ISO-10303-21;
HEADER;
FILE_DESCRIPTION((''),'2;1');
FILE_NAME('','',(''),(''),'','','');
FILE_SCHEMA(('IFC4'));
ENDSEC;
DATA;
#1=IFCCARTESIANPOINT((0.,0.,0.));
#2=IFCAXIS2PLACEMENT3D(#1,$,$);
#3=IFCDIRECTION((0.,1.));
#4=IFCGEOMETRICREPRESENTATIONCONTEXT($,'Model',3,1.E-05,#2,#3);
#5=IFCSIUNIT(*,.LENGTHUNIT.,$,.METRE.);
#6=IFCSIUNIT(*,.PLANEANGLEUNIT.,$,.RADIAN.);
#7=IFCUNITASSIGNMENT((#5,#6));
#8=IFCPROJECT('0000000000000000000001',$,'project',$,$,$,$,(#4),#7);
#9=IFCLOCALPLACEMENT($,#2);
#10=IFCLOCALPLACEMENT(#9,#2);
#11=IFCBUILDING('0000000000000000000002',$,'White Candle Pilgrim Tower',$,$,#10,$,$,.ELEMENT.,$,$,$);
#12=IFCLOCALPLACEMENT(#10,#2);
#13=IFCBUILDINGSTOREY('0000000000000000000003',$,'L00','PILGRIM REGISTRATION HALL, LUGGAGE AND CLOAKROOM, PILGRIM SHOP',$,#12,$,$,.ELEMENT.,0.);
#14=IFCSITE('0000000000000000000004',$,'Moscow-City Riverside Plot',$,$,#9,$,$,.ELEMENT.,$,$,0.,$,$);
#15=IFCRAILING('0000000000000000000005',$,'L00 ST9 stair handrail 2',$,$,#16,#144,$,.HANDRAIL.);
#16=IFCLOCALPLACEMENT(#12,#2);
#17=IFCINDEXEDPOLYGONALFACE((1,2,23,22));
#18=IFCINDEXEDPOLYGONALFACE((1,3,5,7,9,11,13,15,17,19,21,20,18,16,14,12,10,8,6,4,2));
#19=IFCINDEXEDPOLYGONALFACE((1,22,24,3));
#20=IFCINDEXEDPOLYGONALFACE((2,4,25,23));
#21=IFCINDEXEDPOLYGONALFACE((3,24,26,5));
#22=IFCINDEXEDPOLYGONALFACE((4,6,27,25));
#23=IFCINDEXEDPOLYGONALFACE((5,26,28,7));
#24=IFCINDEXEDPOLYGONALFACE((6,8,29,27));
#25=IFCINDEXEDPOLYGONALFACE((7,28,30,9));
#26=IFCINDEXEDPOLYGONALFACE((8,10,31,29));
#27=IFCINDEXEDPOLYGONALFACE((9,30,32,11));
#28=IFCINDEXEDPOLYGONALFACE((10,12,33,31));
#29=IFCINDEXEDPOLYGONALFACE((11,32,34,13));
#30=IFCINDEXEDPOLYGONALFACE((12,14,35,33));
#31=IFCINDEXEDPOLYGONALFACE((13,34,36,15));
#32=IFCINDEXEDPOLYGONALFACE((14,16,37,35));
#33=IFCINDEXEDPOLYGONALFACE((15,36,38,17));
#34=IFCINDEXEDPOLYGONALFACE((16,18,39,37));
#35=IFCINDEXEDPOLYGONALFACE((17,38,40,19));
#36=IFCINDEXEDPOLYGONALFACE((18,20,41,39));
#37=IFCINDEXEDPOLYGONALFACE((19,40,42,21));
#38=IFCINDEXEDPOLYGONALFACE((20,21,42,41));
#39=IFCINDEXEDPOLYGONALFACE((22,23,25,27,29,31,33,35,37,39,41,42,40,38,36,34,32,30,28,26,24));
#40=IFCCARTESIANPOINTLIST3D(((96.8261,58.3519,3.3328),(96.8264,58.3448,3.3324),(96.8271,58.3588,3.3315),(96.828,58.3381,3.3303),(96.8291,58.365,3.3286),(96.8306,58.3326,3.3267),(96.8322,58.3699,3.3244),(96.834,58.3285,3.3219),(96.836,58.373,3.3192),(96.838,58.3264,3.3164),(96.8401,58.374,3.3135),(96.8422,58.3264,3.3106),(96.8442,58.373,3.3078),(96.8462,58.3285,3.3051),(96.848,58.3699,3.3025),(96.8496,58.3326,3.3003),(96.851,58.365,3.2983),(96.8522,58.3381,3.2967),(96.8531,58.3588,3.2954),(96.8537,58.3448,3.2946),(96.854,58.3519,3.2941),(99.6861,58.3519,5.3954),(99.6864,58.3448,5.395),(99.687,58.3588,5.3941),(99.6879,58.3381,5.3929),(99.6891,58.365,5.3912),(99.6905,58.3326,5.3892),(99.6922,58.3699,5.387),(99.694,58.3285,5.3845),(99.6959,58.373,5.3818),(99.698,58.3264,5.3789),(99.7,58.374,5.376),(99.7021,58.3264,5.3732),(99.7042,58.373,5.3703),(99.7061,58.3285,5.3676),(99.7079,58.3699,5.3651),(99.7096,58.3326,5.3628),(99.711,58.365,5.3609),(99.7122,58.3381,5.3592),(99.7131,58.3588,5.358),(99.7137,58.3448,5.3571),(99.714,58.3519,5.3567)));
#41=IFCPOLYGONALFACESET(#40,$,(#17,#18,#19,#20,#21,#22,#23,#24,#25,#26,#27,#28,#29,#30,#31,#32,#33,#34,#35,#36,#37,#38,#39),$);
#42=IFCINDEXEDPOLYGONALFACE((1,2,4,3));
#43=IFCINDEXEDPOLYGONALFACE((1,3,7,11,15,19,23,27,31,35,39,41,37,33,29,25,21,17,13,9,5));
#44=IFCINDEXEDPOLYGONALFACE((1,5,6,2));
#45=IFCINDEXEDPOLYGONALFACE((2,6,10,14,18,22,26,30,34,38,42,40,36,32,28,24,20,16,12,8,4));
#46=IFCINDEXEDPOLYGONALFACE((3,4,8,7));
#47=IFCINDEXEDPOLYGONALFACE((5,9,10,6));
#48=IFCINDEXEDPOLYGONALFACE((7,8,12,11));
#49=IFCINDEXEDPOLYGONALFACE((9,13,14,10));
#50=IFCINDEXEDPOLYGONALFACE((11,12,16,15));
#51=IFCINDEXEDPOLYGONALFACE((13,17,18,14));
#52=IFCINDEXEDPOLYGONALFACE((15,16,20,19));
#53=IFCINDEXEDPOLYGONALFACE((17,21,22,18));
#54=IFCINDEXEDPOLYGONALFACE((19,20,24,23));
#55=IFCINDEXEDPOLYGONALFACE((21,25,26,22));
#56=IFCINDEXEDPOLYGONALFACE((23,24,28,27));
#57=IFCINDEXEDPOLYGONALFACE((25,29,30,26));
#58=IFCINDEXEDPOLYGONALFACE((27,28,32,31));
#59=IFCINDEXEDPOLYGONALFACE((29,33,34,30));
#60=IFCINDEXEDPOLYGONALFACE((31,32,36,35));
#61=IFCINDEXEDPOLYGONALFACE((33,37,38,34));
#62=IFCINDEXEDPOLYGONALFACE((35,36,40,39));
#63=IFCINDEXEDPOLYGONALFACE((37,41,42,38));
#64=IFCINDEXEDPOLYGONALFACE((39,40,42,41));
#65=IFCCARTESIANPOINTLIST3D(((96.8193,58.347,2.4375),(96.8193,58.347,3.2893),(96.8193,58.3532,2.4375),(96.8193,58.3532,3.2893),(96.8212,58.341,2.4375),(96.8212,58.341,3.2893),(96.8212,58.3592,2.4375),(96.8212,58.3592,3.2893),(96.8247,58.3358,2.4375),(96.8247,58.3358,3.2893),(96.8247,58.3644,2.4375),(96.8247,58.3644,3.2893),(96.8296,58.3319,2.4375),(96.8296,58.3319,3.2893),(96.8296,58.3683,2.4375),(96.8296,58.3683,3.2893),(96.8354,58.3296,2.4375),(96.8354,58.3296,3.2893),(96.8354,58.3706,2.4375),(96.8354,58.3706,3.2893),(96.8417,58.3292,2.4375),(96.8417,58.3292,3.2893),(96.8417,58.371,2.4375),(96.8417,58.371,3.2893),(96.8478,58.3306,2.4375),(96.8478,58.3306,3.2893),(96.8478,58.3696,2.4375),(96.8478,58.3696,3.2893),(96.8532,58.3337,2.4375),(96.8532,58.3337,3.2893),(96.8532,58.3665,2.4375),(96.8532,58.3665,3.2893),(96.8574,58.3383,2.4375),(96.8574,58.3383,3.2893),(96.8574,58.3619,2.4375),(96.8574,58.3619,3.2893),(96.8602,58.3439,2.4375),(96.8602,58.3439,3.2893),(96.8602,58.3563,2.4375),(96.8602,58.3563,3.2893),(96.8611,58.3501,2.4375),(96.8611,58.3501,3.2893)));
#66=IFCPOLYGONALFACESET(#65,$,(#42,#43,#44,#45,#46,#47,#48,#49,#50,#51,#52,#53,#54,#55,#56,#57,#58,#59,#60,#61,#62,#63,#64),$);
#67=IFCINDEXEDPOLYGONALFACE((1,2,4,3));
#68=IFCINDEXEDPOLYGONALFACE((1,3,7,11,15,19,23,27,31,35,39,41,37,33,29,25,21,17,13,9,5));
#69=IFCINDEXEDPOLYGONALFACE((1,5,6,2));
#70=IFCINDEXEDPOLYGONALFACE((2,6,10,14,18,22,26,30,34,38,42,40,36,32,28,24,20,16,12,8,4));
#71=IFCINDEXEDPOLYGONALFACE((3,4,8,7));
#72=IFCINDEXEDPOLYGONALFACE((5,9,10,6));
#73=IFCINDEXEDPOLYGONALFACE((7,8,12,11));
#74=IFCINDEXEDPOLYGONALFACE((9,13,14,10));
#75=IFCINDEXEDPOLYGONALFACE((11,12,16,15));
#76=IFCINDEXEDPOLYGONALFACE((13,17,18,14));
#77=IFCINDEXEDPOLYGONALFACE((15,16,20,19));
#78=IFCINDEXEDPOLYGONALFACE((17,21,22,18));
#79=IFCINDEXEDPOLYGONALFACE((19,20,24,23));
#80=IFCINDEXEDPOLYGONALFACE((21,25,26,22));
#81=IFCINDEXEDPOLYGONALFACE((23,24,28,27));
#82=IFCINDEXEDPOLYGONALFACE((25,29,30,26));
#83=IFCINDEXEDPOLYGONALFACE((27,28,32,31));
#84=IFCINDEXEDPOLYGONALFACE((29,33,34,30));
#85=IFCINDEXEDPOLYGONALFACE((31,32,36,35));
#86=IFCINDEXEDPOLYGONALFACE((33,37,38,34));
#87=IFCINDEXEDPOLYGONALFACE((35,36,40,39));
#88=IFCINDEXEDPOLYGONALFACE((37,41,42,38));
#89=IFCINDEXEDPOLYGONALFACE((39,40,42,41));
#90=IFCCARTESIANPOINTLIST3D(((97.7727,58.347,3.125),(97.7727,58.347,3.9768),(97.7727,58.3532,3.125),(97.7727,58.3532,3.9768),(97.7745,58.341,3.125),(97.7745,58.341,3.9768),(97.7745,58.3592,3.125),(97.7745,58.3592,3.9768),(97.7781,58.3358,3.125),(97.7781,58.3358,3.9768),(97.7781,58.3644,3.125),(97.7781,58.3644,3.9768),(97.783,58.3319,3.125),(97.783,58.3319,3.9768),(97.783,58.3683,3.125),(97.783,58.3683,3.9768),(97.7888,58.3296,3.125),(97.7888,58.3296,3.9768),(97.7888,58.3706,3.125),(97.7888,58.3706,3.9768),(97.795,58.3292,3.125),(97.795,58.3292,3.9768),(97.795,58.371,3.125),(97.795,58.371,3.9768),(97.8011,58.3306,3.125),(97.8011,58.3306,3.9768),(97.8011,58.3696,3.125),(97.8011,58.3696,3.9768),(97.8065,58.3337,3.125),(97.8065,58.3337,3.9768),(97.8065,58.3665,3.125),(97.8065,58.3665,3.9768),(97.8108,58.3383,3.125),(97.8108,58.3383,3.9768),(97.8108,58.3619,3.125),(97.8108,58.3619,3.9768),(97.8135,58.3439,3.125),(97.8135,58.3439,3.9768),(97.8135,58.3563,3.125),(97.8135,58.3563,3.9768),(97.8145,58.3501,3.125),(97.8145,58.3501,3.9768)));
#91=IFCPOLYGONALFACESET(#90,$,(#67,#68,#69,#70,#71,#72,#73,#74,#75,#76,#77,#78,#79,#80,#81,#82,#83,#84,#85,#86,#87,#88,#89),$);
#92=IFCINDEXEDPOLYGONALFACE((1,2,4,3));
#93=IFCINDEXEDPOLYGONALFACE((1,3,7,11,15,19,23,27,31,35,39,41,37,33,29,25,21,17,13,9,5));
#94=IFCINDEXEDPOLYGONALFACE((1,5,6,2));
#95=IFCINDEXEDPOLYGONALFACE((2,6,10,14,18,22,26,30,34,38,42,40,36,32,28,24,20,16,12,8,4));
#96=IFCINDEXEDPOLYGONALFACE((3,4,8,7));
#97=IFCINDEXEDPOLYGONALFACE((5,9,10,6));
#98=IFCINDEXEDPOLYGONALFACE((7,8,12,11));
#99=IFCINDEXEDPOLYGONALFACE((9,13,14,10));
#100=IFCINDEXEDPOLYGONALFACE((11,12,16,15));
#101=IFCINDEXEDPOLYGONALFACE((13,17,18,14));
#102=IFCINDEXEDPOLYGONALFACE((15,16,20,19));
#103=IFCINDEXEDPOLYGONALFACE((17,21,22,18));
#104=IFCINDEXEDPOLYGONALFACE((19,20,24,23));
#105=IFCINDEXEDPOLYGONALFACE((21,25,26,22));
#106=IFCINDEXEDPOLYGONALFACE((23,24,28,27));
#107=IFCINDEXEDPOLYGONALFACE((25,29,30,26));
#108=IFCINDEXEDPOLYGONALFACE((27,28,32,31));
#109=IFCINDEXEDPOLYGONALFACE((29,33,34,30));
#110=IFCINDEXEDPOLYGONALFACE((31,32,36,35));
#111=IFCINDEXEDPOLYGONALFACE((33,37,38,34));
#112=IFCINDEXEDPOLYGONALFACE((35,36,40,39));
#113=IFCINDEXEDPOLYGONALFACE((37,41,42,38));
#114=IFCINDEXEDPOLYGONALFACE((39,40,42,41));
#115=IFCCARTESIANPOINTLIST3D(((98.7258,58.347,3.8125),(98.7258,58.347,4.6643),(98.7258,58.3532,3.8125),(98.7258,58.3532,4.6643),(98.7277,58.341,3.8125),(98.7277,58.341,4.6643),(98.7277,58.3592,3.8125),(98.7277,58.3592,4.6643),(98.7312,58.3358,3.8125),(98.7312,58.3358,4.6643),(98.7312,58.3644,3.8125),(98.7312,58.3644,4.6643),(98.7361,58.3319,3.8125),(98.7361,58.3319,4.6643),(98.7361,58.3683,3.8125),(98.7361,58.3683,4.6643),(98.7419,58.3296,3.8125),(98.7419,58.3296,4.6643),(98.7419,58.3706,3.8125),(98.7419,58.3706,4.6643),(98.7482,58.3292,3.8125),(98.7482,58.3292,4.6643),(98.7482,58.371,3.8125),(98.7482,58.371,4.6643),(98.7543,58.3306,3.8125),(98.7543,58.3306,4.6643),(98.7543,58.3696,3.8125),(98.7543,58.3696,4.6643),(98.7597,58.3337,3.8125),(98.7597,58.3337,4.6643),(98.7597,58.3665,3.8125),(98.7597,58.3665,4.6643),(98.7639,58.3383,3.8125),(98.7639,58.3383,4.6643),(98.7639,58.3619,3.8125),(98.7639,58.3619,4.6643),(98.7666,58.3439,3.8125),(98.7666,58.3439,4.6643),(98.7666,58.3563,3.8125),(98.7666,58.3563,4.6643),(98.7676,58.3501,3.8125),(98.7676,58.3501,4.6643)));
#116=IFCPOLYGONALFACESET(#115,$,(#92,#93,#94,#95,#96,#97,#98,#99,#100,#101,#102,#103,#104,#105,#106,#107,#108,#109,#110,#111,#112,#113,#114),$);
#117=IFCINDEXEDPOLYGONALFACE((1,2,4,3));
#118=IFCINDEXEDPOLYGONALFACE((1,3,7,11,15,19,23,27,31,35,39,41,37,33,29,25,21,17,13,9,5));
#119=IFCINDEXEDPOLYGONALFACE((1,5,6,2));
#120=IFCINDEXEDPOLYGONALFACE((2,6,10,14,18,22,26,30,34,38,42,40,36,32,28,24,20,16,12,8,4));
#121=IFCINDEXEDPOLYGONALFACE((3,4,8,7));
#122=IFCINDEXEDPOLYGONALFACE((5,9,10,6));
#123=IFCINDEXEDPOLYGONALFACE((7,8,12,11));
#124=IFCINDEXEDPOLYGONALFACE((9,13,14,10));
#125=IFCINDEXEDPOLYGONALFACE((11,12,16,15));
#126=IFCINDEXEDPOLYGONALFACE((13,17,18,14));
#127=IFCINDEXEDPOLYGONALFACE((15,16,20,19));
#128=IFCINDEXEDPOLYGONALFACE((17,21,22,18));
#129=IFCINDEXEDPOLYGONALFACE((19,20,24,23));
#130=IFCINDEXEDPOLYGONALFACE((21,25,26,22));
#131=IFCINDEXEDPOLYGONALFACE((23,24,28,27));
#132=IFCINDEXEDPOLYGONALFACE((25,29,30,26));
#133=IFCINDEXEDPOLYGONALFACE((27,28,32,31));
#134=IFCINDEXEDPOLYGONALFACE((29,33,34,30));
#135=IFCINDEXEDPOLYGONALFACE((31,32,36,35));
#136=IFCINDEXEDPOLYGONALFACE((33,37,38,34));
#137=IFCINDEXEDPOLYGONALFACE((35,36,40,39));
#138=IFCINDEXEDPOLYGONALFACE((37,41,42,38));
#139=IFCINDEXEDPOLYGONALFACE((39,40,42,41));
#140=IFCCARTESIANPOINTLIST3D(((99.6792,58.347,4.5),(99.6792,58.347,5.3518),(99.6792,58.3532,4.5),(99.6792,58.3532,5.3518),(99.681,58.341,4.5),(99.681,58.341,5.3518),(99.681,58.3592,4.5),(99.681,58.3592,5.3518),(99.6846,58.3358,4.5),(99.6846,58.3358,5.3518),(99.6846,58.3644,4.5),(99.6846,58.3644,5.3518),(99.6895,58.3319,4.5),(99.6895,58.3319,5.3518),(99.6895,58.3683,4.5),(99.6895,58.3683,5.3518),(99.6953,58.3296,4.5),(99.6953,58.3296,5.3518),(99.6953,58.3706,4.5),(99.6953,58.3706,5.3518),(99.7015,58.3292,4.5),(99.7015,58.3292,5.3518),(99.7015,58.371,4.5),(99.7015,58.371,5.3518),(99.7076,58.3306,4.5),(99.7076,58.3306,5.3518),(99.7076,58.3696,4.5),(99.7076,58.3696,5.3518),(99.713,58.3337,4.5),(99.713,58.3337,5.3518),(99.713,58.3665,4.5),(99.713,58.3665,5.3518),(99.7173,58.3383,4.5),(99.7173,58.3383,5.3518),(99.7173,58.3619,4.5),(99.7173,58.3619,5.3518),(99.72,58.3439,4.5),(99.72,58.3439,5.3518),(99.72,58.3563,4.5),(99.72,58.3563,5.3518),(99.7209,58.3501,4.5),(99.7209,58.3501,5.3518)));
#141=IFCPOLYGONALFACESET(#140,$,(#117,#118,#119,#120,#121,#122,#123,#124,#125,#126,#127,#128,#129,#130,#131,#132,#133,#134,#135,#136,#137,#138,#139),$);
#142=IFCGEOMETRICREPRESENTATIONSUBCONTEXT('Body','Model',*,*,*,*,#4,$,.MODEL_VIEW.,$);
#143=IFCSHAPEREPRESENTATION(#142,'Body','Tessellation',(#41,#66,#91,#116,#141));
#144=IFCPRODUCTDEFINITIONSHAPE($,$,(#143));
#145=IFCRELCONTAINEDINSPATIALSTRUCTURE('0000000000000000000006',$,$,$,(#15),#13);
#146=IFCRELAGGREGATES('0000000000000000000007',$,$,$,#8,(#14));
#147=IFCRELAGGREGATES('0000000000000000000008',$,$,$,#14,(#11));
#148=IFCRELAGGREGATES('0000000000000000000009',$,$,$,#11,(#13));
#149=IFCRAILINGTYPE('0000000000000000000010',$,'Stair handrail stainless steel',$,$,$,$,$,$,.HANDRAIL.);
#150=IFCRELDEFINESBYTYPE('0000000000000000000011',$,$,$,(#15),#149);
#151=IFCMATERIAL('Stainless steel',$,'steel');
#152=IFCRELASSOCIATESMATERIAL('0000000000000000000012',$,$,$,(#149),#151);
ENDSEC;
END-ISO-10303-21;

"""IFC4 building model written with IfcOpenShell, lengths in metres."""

from ifc_helpers import new_model, si_unit, direction, frame, origin, origin_2d, place, context, subcontext, project, spatial, circle, extrude, material, type_object, element, save


model = new_model("IFC4")

# Units and contexts
model_context = context("Model", 3, precision=1e-05, world=origin(), true_north=direction((0.0, 1.0)))
body_context = subcontext(model_context, "Body", "Model", "MODEL_VIEW")
ifc_project = project(units=[si_unit("LENGTHUNIT", "METRE"), si_unit("PLANEANGLEUNIT", "RADIAN")], contexts=[model_context])

# Site, building, storey
site_placement = place(None, origin())
site = spatial("IfcSite", under=ifc_project, at=site_placement, Name="Moscow-City Riverside Plot", CompositionType="ELEMENT", RefElevation=0.0)
building_placement = place(site_placement, origin())
building = spatial("IfcBuilding", under=site, at=building_placement, Name="White Candle Pilgrim Tower", CompositionType="ELEMENT")
storey_placement = place(building_placement, origin())
storey = spatial("IfcBuildingStorey", under=building, at=storey_placement, Name="L00", Description="PILGRIM REGISTRATION HALL, LUGGAGE AND CLOAKROOM, PILGRIM SHOP", CompositionType="ELEMENT", Elevation=0.0)

# Railing
ifc_material_1 = material(Name="Stainless steel", Category="steel")
railing_type_1 = type_object("IfcRailingType", Name="Stair handrail stainless steel", PredefinedType="HANDRAIL", material=ifc_material_1)
railing_1_placement = place(storey_placement, frame((96.8401, 58.3501, 2.4375)))
element("IfcRailing", 1, at=railing_1_placement, inside=storey, type_object=railing_type_1, Name="L00 ST9 stair handrail 2", PredefinedType="HANDRAIL", context=body_context, shape_type="SweptSolid", body=[
    extrude(circle(Radius=0.0239, at=origin_2d()), frame((0.0, 0.0, 0.876), z_axis=(0.811077, 0.0, 0.584939), x_axis=(0.0, 1.0, 0.0)), (0.0, 0.0, 1.0), 3.5261),
    extrude(circle(Radius=0.021, at=origin_2d()), origin(), (0.0, 0.0, 1.0), 0.8518),
    extrude(circle(Radius=0.021, at=origin_2d()), frame((0.9534, 0.0, 0.6875)), (0.0, 0.0, 1.0), 0.8518),
    extrude(circle(Radius=0.021, at=origin_2d()), frame((1.9065, 0.0, 1.375)), (0.0, 0.0, 1.0), 0.8518),
    extrude(circle(Radius=0.021, at=origin_2d()), frame((2.8599, 0.0, 2.0625)), (0.0, 0.0, 1.0), 0.8518),
])

save(model, "model.ifc")
